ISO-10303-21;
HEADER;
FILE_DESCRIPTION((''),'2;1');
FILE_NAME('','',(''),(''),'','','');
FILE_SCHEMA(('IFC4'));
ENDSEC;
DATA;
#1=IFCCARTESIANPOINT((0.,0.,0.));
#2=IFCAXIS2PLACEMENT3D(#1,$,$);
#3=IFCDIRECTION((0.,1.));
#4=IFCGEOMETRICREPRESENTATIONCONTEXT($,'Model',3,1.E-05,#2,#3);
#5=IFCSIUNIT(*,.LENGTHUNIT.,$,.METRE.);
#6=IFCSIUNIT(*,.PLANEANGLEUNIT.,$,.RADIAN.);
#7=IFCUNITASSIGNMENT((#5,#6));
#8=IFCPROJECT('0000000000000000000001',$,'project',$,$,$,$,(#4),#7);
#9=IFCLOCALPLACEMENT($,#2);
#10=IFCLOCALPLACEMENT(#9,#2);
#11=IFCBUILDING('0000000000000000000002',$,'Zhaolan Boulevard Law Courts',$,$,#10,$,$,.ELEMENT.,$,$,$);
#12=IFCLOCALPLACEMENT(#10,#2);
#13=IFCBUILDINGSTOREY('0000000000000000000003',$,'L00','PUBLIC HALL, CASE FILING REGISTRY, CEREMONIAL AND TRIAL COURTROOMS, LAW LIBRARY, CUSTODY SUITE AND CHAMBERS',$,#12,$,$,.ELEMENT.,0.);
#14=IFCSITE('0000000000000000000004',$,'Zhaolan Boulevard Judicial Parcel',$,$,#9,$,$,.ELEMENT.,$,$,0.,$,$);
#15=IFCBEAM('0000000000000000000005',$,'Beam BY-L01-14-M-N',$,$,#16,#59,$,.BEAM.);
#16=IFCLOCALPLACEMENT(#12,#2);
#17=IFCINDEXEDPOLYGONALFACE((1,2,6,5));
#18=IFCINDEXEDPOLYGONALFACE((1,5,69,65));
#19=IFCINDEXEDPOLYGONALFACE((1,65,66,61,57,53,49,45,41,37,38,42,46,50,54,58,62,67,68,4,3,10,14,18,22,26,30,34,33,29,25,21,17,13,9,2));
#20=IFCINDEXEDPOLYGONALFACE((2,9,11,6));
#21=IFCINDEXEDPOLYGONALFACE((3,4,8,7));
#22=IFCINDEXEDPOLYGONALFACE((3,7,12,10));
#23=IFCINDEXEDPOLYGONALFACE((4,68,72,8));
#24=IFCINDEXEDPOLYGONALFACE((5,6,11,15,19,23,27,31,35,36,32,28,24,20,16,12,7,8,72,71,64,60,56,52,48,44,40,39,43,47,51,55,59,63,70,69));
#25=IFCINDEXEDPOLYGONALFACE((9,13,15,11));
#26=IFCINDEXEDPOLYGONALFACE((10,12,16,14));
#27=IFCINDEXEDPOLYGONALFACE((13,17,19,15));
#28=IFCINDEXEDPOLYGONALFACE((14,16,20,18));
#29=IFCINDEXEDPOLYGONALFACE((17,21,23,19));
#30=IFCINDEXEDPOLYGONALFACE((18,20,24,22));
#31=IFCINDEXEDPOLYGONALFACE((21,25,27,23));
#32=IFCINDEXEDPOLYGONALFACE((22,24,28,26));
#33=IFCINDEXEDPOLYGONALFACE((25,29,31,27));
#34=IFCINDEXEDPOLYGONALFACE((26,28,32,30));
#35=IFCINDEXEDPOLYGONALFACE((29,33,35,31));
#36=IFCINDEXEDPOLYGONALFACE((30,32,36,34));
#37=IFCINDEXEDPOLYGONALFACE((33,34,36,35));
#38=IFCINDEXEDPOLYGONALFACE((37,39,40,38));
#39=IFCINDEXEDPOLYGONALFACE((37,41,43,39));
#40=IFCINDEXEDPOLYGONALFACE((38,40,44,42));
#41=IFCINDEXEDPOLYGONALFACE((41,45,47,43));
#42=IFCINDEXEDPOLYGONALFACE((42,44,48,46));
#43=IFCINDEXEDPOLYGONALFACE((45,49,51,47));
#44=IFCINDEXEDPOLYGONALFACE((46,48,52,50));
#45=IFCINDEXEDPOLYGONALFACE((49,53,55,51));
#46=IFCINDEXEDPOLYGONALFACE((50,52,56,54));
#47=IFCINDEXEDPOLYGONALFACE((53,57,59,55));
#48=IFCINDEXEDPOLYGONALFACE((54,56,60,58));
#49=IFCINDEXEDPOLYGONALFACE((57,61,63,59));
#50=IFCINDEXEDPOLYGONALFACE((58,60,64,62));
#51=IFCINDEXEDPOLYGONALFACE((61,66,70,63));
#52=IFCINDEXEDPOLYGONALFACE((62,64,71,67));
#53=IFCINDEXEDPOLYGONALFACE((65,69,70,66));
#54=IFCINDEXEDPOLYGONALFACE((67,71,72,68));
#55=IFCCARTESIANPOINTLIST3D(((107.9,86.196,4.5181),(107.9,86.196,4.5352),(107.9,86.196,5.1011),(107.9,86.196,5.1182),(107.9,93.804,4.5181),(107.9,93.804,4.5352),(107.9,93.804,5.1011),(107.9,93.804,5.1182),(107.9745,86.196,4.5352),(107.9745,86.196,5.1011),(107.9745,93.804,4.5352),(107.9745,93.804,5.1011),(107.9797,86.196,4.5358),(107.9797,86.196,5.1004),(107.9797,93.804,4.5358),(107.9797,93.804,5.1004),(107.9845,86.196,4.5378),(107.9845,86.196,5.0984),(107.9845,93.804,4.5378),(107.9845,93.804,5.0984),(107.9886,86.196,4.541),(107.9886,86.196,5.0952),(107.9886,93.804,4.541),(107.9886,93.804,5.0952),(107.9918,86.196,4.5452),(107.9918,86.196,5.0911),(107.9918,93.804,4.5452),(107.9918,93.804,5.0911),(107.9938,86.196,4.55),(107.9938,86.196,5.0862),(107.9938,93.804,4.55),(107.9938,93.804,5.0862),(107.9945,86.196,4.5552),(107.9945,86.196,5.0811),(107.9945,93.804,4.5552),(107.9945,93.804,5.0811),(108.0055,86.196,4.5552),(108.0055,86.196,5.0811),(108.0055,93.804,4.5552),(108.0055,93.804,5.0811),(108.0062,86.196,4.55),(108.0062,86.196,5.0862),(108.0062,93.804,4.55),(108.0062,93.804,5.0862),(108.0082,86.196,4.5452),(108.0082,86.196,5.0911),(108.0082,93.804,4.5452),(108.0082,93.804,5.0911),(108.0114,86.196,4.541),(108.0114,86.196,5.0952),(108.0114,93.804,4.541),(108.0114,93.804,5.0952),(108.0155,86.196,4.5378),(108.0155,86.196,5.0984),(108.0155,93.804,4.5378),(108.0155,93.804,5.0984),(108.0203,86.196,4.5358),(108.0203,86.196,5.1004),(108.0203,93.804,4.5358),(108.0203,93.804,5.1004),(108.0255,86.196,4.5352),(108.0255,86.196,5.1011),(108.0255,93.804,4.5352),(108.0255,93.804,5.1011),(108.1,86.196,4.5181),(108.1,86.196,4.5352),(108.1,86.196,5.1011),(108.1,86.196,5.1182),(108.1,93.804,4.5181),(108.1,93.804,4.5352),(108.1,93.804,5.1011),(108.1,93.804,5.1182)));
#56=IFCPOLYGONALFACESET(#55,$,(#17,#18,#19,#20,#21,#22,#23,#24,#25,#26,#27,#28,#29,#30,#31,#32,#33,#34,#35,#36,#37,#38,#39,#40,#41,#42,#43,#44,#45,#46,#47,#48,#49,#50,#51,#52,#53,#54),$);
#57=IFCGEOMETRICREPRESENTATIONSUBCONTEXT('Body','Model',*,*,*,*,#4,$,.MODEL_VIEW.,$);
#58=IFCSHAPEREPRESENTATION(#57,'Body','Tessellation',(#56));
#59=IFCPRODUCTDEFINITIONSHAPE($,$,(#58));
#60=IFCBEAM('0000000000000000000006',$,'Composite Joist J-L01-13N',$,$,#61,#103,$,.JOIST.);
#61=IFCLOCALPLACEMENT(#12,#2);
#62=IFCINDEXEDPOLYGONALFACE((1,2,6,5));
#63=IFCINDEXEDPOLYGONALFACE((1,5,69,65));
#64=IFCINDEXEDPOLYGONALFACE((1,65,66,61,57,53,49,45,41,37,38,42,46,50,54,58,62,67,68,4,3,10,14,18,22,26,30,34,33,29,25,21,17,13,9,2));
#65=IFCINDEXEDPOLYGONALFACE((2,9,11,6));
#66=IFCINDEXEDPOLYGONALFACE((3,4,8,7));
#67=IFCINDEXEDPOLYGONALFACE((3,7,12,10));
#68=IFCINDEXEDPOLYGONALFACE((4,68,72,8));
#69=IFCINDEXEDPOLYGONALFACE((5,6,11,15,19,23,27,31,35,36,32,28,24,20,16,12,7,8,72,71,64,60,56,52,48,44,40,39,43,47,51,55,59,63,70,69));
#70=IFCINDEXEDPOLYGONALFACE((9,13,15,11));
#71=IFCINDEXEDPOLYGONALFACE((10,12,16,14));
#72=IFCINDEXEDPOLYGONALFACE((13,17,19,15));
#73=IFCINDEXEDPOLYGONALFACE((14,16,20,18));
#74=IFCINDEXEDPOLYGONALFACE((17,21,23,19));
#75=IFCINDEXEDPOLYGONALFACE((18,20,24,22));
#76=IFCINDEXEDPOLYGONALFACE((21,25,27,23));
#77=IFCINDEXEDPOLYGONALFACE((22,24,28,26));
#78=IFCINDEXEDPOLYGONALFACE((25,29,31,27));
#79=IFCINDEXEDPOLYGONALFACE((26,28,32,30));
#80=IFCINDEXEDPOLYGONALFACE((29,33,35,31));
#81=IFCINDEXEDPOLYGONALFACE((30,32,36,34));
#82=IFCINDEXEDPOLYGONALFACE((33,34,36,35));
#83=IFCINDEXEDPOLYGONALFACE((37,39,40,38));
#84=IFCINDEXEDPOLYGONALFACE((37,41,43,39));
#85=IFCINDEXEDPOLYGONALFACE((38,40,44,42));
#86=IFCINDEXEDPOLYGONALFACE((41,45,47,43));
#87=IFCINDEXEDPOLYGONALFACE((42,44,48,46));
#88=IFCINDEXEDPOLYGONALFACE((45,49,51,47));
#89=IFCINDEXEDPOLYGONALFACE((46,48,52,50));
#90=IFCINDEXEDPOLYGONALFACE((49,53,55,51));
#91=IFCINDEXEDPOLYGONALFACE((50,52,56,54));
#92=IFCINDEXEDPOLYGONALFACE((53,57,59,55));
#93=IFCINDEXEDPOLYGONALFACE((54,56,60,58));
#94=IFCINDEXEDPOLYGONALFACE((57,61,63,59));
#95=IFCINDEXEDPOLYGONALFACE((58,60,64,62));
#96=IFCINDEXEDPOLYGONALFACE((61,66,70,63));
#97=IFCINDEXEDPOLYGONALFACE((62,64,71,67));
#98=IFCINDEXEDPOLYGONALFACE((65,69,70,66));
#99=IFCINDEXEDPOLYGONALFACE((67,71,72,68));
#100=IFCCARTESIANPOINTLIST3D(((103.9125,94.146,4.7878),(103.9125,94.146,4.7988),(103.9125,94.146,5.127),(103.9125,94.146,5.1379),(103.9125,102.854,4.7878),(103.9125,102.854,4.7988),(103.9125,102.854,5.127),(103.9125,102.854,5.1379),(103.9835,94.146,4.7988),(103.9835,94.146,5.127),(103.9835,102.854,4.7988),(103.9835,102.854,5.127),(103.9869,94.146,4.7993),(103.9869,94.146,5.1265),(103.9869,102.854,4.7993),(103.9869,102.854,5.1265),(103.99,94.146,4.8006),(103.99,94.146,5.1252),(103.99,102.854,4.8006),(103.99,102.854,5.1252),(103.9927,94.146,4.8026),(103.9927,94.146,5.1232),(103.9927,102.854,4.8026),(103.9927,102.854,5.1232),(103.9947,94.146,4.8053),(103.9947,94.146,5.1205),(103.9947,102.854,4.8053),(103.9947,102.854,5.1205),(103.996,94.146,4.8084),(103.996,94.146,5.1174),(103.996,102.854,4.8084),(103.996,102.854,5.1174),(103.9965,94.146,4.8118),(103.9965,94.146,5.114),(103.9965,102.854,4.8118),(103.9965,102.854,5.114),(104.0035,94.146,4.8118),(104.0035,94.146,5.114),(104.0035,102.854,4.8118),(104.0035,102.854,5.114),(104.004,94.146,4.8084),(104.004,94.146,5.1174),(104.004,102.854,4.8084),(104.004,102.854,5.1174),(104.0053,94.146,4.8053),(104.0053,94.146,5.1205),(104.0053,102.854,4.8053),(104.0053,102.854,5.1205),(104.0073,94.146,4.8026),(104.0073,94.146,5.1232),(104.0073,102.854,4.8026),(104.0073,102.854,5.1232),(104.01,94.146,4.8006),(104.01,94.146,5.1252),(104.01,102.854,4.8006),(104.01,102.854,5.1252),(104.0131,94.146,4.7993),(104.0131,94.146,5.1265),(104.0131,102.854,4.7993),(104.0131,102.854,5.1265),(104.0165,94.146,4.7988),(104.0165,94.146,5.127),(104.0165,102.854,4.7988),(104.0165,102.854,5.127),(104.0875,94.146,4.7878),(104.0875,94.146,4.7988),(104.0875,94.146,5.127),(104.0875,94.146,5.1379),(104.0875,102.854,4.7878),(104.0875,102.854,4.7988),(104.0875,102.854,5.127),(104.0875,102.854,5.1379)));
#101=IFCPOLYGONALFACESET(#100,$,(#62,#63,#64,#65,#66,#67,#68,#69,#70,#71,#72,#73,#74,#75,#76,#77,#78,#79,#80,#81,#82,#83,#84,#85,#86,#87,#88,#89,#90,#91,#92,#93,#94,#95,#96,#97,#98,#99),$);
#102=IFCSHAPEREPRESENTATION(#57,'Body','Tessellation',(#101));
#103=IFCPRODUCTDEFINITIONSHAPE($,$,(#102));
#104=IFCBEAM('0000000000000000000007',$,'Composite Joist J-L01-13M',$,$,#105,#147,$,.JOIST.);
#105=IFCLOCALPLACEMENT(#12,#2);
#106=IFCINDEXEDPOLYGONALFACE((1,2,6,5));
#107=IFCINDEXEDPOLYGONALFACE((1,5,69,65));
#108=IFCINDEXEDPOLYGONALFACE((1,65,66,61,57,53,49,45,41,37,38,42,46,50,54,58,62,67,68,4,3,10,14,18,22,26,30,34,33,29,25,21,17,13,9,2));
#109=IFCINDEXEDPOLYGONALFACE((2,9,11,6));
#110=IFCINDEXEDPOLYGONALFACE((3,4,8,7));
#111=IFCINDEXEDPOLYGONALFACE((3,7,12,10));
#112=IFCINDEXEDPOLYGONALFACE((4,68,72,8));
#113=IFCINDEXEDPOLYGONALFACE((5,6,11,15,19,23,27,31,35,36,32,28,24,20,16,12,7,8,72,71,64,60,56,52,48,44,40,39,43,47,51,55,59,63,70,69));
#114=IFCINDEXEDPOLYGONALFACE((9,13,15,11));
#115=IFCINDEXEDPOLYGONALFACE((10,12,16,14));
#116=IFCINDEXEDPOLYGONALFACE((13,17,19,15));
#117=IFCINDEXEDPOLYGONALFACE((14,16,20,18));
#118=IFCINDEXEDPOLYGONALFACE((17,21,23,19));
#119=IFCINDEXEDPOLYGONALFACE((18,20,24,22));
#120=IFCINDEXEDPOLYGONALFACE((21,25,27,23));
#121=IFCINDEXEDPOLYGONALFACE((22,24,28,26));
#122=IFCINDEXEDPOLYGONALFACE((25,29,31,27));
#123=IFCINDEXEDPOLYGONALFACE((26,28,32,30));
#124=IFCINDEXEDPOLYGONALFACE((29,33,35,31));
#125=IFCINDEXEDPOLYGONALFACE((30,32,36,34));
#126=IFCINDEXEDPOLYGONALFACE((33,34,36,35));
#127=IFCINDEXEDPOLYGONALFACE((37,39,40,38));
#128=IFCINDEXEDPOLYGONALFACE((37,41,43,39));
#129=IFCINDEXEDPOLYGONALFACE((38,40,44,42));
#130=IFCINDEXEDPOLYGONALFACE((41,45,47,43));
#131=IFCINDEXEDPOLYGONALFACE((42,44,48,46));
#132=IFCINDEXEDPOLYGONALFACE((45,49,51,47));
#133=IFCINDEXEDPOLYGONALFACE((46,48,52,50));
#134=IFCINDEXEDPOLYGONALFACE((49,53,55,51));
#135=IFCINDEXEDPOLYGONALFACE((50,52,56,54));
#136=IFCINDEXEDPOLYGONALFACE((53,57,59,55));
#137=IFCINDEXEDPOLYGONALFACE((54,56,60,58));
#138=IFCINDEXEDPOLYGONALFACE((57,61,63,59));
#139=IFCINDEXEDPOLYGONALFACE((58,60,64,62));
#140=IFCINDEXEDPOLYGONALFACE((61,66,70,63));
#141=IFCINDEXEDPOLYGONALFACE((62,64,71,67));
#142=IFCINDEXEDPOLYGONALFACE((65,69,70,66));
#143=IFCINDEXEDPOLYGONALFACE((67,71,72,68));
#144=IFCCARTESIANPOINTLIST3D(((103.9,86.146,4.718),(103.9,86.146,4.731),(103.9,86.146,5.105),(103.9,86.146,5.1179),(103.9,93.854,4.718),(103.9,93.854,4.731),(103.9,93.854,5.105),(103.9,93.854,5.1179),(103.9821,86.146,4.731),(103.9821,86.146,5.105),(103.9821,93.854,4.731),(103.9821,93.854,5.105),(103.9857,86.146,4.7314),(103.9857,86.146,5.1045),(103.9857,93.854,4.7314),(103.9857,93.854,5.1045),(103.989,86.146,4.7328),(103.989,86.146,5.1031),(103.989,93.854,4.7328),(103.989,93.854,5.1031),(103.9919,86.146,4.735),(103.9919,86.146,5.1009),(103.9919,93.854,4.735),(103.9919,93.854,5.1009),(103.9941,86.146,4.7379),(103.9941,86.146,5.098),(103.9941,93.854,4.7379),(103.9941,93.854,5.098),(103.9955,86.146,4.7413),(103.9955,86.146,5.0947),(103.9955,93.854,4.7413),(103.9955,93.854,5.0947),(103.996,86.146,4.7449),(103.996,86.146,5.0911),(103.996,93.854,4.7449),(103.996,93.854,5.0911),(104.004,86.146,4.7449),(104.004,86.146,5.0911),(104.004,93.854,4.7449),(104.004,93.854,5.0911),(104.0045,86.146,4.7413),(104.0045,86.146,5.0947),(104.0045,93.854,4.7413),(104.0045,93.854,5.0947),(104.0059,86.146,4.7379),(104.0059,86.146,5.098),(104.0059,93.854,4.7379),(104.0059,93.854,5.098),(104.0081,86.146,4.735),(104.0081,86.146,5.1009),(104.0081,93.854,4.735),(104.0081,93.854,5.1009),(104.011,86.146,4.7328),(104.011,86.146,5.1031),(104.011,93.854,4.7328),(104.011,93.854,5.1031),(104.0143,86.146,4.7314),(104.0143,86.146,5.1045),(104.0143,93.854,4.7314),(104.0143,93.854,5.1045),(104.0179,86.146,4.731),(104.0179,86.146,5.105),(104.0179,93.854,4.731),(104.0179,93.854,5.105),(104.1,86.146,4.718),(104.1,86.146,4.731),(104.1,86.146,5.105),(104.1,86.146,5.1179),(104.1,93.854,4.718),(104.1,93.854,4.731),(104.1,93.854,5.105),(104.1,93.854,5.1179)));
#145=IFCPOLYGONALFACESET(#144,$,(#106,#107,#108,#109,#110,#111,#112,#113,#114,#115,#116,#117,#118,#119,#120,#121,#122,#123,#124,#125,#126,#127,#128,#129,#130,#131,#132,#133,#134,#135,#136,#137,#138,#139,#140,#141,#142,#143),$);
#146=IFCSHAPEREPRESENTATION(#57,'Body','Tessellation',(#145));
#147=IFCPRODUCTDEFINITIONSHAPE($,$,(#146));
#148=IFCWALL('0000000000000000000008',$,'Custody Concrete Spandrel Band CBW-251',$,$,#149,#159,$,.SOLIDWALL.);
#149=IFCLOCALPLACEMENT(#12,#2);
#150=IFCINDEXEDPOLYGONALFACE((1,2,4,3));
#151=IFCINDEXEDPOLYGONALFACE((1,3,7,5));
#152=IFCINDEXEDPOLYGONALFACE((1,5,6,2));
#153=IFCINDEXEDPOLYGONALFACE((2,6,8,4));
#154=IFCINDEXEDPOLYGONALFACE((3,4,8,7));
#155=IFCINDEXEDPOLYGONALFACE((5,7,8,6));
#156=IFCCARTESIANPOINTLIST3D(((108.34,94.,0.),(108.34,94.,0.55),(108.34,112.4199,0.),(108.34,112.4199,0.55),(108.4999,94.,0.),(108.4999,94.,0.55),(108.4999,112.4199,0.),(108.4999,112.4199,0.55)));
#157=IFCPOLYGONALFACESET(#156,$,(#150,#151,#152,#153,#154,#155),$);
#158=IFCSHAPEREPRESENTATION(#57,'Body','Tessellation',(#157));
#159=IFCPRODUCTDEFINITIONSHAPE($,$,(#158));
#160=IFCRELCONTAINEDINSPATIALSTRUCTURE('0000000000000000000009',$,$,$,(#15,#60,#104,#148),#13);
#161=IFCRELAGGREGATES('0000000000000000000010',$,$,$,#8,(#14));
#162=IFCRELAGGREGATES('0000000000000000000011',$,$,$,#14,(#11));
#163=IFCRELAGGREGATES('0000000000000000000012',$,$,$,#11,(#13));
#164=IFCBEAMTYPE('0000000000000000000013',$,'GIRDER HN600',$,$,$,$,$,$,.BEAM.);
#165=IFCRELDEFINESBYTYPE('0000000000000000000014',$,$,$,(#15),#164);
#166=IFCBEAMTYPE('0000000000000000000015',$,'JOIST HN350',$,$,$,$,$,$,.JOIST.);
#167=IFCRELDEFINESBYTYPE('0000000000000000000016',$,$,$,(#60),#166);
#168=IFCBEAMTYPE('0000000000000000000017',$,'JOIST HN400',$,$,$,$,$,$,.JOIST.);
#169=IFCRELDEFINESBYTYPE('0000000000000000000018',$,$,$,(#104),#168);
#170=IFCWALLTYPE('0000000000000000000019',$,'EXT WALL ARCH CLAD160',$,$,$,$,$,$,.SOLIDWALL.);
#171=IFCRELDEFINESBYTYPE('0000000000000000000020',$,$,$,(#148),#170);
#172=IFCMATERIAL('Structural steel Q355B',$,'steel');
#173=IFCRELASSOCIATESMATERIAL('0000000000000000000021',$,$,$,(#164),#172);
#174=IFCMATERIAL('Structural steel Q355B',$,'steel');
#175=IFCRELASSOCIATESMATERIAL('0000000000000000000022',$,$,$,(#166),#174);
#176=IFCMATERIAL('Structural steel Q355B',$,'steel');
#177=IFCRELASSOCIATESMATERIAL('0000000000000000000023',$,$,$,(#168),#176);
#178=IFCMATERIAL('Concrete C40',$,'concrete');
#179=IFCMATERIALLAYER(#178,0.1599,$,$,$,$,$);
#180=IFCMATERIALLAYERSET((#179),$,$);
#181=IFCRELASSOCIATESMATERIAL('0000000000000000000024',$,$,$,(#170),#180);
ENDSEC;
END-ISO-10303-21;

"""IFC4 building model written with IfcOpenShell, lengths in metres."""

from ifc_helpers import new_model, si_unit, direction, frame, frame_2d, origin, origin_2d, place, context, subcontext, project, spatial, rectangle, i_section, extrude, material, layer, layer_set, material_profile, profile_set, type_object, element, save


model = new_model("IFC4")

# Units and contexts
model_context = context("Model", 3, precision=1e-05, world=origin(), true_north=direction((0.0, 1.0)))
body_context = subcontext(model_context, "Body", "Model", "MODEL_VIEW")
ifc_project = project(units=[si_unit("LENGTHUNIT", "METRE"), si_unit("PLANEANGLEUNIT", "RADIAN")], contexts=[model_context])

# Site, building, storey
site_placement = place(None, origin())
site = spatial("IfcSite", under=ifc_project, at=site_placement, Name="Zhaolan Boulevard Judicial Parcel", CompositionType="ELEMENT", RefElevation=0.0)
building_placement = place(site_placement, origin())
building = spatial("IfcBuilding", under=site, at=building_placement, Name="Zhaolan Boulevard Law Courts", CompositionType="ELEMENT")
storey_placement = place(building_placement, origin())
storey = spatial("IfcBuildingStorey", under=building, at=storey_placement, Name="L00", Description="PUBLIC HALL, CASE FILING REGISTRY, CEREMONIAL AND TRIAL COURTROOMS, LAW LIBRARY, CUSTODY SUITE AND CHAMBERS", CompositionType="ELEMENT", Elevation=0.0)

# Beams
ifc_material_1 = material(Name="Structural steel Q355B", Category="steel")
ifc_material_profile_1 = material_profile(ifc_material_1, i_section(OverallWidth=0.2, OverallDepth=0.6001, WebThickness=0.011, FlangeThickness=0.0171, FilletRadius=0.02, at=origin_2d()), Name="HN600x200")
ifc_profile_set_1 = profile_set([ifc_material_profile_1], Name="Structural steel Q355B")
beam_type_1 = type_object("IfcBeamType", Name="GIRDER HN600", PredefinedType="BEAM", material=ifc_profile_set_1)
for number, where, z_axis, x_axis, name in (
    (1, (108.0, 86.196, 4.8181), (0.0, 1.0, 0.0), (-1.0, 0.0, 0.0), "Beam BY-L01-14-M-N"),
):
    element("IfcBeam", number, at=place(storey_placement, frame(where, z_axis=z_axis, x_axis=x_axis)), inside=storey, type_object=beam_type_1, Name=name, PredefinedType="BEAM", context=body_context, shape_type="SweptSolid", body=[
        extrude(i_section(OverallWidth=0.2, OverallDepth=0.6001, WebThickness=0.011, FlangeThickness=0.0171, FilletRadius=0.02, at=origin_2d()), origin(), (0.0, 0.0, 1.0), 7.6079),
    ])
ifc_material_2 = material(Name="Structural steel Q355B", Category="steel")
ifc_material_profile_2 = material_profile(ifc_material_2, i_section(OverallWidth=0.175, OverallDepth=0.3501, WebThickness=0.0071, FlangeThickness=0.011, FilletRadius=0.0129, at=origin_2d()), Name="HN350x175")
ifc_profile_set_2 = profile_set([ifc_material_profile_2], Name="Structural steel Q355B")
beam_type_2 = type_object("IfcBeamType", Name="JOIST HN350", PredefinedType="JOIST", material=ifc_profile_set_2)
beam_1_placement = place(storey_placement, frame((104.0, 94.146, 4.9629), z_axis=(0.0, 1.0, 0.0), x_axis=(-1.0, 0.0, 0.0)))
element("IfcBeam", 2, at=beam_1_placement, inside=storey, type_object=beam_type_2, Name="Composite Joist J-L01-13N", PredefinedType="JOIST", context=body_context, shape_type="SweptSolid", body=[
    extrude(i_section(OverallWidth=0.175, OverallDepth=0.3501, WebThickness=0.0071, FlangeThickness=0.011, FilletRadius=0.0129, at=origin_2d()), origin(), (0.0, 0.0, 1.0), 8.708),
])
ifc_material_3 = material(Name="Structural steel Q355B", Category="steel")
ifc_material_profile_3 = material_profile(ifc_material_3, i_section(OverallWidth=0.2, OverallDepth=0.3999, WebThickness=0.0081, FlangeThickness=0.0129, FilletRadius=0.0139, at=origin_2d()), Name="HN400x200")
ifc_profile_set_3 = profile_set([ifc_material_profile_3], Name="Structural steel Q355B")
beam_type_3 = type_object("IfcBeamType", Name="JOIST HN400", PredefinedType="JOIST", material=ifc_profile_set_3)
beam_2_placement = place(storey_placement, frame((104.0, 86.146, 4.918), z_axis=(0.0, 1.0, 0.0), x_axis=(-1.0, 0.0, 0.0)))
element("IfcBeam", 3, at=beam_2_placement, inside=storey, type_object=beam_type_3, Name="Composite Joist J-L01-13M", PredefinedType="JOIST", context=body_context, shape_type="SweptSolid", body=[
    extrude(i_section(OverallWidth=0.2, OverallDepth=0.3999, WebThickness=0.0081, FlangeThickness=0.0129, FilletRadius=0.0139, at=origin_2d()), origin(), (0.0, 0.0, 1.0), 7.708),
])

# Wall
ifc_material_4 = material(Name="Concrete C40", Category="concrete")
ifc_layer_1 = layer(ifc_material_4, 0.1599)
ifc_layer_set_1 = layer_set([ifc_layer_1])
wall_type_1 = type_object("IfcWallType", Name="EXT WALL ARCH CLAD160", PredefinedType="SOLIDWALL", material=ifc_layer_set_1)
wall_1_placement = place(storey_placement, frame((108.4199, 94.0, 0.0), z_axis=(0.0, 0.0, 1.0), x_axis=(0.0, 1.0, 0.0)))
element("IfcWall", 4, at=wall_1_placement, inside=storey, type_object=wall_type_1, Name="Custody Concrete Spandrel Band CBW-251", PredefinedType="SOLIDWALL", context=body_context, shape_type="SweptSolid", body=[
    extrude(rectangle(XDim=18.4199, YDim=0.1599, at=frame_2d((9.21, 0.0))), origin(), (0.0, 0.0, 1.0), 0.55),
])

save(model, "model.ifc")
